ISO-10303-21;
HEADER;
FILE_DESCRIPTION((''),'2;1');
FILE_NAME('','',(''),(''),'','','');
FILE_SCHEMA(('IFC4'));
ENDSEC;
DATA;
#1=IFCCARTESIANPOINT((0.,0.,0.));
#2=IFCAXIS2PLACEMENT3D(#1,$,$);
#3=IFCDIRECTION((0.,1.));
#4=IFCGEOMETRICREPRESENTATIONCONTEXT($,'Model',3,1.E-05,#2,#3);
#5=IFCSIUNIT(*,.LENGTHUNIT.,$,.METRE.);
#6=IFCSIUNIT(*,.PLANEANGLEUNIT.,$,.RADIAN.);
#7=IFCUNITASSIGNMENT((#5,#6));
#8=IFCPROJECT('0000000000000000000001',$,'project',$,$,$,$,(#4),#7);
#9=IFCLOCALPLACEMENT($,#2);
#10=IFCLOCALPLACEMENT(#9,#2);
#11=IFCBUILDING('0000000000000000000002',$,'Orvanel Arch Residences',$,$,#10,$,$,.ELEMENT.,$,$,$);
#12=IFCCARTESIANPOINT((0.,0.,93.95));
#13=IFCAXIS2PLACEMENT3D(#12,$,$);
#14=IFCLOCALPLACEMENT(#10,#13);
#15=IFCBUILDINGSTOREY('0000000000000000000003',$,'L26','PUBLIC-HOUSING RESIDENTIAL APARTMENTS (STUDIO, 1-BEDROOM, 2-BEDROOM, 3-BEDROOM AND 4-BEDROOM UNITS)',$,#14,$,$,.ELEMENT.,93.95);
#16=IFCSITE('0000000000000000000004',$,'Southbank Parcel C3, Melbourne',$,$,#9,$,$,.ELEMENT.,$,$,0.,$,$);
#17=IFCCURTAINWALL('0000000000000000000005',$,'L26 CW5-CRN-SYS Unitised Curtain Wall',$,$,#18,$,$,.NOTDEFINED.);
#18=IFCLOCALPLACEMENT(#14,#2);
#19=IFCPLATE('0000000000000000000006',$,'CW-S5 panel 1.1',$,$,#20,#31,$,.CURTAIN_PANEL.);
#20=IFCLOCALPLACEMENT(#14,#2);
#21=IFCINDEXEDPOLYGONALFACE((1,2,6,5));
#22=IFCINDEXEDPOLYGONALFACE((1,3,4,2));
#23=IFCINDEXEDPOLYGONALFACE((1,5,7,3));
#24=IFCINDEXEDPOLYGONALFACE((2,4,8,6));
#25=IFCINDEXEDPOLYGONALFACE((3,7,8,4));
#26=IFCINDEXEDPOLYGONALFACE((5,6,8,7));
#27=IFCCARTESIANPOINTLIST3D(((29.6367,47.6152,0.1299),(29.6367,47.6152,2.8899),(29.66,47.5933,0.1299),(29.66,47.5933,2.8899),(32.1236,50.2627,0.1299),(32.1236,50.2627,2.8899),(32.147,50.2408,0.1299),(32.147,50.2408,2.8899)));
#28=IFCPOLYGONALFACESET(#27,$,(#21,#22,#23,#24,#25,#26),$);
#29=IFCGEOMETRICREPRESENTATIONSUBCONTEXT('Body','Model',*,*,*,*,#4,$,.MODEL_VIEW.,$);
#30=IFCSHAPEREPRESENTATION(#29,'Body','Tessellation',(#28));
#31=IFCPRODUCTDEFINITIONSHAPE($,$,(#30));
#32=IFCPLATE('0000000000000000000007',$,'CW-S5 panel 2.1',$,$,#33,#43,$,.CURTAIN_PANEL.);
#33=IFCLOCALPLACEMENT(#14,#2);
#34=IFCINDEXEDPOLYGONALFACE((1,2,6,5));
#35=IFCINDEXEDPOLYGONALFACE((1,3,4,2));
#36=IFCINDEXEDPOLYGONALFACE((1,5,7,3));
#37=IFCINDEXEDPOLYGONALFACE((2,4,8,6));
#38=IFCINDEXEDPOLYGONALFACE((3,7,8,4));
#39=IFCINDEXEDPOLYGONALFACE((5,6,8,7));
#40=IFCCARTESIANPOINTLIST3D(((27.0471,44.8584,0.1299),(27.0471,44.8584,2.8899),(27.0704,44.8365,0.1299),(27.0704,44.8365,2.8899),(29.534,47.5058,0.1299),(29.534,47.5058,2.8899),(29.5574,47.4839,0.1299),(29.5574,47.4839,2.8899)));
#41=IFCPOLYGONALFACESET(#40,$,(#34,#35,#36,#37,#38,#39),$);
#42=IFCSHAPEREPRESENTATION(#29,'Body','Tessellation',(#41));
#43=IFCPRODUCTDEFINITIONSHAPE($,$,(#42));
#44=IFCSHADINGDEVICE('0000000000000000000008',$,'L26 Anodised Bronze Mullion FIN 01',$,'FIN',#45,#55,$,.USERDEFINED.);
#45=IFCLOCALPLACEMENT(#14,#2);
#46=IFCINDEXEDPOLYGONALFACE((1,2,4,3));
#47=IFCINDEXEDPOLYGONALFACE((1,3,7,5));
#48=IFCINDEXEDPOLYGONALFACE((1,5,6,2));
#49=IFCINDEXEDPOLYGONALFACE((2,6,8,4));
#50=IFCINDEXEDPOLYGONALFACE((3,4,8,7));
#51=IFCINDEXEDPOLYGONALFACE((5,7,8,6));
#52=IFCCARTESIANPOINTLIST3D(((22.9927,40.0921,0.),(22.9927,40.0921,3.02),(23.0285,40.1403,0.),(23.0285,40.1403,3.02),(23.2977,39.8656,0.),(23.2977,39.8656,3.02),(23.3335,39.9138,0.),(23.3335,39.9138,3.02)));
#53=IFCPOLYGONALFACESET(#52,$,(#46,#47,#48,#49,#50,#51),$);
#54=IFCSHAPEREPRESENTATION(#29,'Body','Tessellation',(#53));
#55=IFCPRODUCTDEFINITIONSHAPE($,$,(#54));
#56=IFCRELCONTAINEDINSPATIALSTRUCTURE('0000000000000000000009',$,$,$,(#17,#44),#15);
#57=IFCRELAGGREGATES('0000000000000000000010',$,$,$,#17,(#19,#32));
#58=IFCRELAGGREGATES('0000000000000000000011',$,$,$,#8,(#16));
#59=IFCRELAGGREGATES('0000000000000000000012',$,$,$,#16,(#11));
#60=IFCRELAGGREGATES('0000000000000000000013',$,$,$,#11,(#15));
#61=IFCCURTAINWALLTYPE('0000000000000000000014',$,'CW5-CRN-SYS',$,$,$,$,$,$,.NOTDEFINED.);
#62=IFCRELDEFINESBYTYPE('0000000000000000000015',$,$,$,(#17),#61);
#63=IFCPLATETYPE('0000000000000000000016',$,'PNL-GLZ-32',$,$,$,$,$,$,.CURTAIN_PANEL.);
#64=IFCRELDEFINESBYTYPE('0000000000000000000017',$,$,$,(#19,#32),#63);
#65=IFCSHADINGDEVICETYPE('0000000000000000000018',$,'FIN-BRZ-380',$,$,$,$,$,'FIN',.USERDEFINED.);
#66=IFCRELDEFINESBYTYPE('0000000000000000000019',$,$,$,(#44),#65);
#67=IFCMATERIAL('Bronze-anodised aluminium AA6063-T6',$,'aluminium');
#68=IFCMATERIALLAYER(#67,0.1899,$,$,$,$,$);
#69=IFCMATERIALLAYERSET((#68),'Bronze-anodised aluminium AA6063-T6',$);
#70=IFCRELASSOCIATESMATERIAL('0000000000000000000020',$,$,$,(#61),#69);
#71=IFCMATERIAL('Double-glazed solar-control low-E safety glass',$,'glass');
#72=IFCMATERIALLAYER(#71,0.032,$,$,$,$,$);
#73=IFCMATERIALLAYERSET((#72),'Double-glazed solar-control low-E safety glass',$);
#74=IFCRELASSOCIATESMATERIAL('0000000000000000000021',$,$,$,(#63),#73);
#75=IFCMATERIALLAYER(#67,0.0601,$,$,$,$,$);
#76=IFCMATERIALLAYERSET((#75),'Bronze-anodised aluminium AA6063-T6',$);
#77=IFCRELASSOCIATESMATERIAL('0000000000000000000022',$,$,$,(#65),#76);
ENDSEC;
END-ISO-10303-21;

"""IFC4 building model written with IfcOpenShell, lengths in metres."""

from ifc_helpers import new_model, si_unit, direction, frame, origin, origin_2d, place, context, subcontext, project, spatial, rectangle, extrude, material, layer, layer_set, type_object, element, aggregate, save


model = new_model("IFC4")

# Units and contexts
model_context = context("Model", 3, precision=1e-05, world=origin(), true_north=direction((0.0, 1.0)))
body_context = subcontext(model_context, "Body", "Model", "MODEL_VIEW")
ifc_project = project(units=[si_unit("LENGTHUNIT", "METRE"), si_unit("PLANEANGLEUNIT", "RADIAN")], contexts=[model_context])

# Site, building, storey
site_placement = place(None, origin())
site = spatial("IfcSite", under=ifc_project, at=site_placement, Name="Southbank Parcel C3, Melbourne", CompositionType="ELEMENT", RefElevation=0.0)
building_placement = place(site_placement, origin())
building = spatial("IfcBuilding", under=site, at=building_placement, Name="Orvanel Arch Residences", CompositionType="ELEMENT")
storey_placement = place(building_placement, frame((0.0, 0.0, 93.95)))
storey = spatial("IfcBuildingStorey", under=building, at=storey_placement, Name="L26", Description="PUBLIC-HOUSING RESIDENTIAL APARTMENTS (STUDIO, 1-BEDROOM, 2-BEDROOM, 3-BEDROOM AND 4-BEDROOM UNITS)", CompositionType="ELEMENT", Elevation=93.95)

# Shared definitions
ifc_material_1 = material(Name="Bronze-anodised aluminium AA6063-T6", Category="aluminium")
ifc_layer_1 = layer(ifc_material_1, 0.1899)
ifc_layer_set_1 = layer_set([ifc_layer_1], Name="Bronze-anodised aluminium AA6063-T6")
curtain_wall_type_1 = type_object("IfcCurtainWallType", Name="CW5-CRN-SYS", PredefinedType="NOTDEFINED", material=ifc_layer_set_1)

# Curtain wall
curtain_wall_1_placement = place(storey_placement, origin())
curtain_wall_1 = element("IfcCurtainWall", 1, at=curtain_wall_1_placement, inside=storey, type_object=curtain_wall_type_1, Name="L26 CW5-CRN-SYS Unitised Curtain Wall", PredefinedType="NOTDEFINED")

# Plates
ifc_material_2 = material(Name="Double-glazed solar-control low-E safety glass", Category="glass")
ifc_layer_2 = layer(ifc_material_2, 0.032)
ifc_layer_set_2 = layer_set([ifc_layer_2], Name="Double-glazed solar-control low-E safety glass")
plate_type_1 = type_object("IfcPlateType", Name="PNL-GLZ-32", PredefinedType="CURTAIN_PANEL", material=ifc_layer_set_2)
plate_1_placement = place(storey_placement, frame((30.8918, 48.928, 0.1299), z_axis=(0.0, 0.0, 1.0), x_axis=(-0.684661, -0.728862, 0.0)))
plate_1 = element("IfcPlate", 2, at=plate_1_placement, type_object=plate_type_1, Name="CW-S5 panel 1.1", PredefinedType="CURTAIN_PANEL", context=body_context, shape_type="SweptSolid", body=[
    extrude(rectangle(XDim=3.6323, YDim=0.032, at=origin_2d()), origin(), (0.0, 0.0, 1.0), 2.76),
])
plate_2_placement = place(storey_placement, frame((28.3022, 46.1711, 0.1299), z_axis=(0.0, 0.0, 1.0), x_axis=(-0.684661, -0.728862, 0.0)))
plate_2 = element("IfcPlate", 3, at=plate_2_placement, type_object=plate_type_1, Name="CW-S5 panel 2.1", PredefinedType="CURTAIN_PANEL", context=body_context, shape_type="SweptSolid", body=[
    extrude(rectangle(XDim=3.6323, YDim=0.032, at=origin_2d()), origin(), (0.0, 0.0, 1.0), 2.76),
])
aggregate(curtain_wall_1, [plate_1, plate_2])

# Shading device
ifc_layer_3 = layer(ifc_material_1, 0.0601)
ifc_layer_set_3 = layer_set([ifc_layer_3], Name="Bronze-anodised aluminium AA6063-T6")
shading_device_type = type_object("IfcShadingDeviceType", Name="FIN-BRZ-380", ElementType="FIN", PredefinedType="USERDEFINED", material=ifc_layer_set_3)
shading_device_placement = place(storey_placement, frame((23.1631, 40.0029, 0.0), z_axis=(0.0, 0.0, 1.0), x_axis=(-0.802817, 0.596225, 0.0)))
element("IfcShadingDevice", 4, at=shading_device_placement, inside=storey, type_object=shading_device_type, Name="L26 Anodised Bronze Mullion FIN 01", ObjectType="FIN", PredefinedType="USERDEFINED", context=body_context, shape_type="SweptSolid", body=[
    extrude(rectangle(XDim=0.3799, YDim=0.0601, at=origin_2d()), origin(), (0.0, 0.0, 1.0), 3.02),
])

save(model, "model.ifc")
